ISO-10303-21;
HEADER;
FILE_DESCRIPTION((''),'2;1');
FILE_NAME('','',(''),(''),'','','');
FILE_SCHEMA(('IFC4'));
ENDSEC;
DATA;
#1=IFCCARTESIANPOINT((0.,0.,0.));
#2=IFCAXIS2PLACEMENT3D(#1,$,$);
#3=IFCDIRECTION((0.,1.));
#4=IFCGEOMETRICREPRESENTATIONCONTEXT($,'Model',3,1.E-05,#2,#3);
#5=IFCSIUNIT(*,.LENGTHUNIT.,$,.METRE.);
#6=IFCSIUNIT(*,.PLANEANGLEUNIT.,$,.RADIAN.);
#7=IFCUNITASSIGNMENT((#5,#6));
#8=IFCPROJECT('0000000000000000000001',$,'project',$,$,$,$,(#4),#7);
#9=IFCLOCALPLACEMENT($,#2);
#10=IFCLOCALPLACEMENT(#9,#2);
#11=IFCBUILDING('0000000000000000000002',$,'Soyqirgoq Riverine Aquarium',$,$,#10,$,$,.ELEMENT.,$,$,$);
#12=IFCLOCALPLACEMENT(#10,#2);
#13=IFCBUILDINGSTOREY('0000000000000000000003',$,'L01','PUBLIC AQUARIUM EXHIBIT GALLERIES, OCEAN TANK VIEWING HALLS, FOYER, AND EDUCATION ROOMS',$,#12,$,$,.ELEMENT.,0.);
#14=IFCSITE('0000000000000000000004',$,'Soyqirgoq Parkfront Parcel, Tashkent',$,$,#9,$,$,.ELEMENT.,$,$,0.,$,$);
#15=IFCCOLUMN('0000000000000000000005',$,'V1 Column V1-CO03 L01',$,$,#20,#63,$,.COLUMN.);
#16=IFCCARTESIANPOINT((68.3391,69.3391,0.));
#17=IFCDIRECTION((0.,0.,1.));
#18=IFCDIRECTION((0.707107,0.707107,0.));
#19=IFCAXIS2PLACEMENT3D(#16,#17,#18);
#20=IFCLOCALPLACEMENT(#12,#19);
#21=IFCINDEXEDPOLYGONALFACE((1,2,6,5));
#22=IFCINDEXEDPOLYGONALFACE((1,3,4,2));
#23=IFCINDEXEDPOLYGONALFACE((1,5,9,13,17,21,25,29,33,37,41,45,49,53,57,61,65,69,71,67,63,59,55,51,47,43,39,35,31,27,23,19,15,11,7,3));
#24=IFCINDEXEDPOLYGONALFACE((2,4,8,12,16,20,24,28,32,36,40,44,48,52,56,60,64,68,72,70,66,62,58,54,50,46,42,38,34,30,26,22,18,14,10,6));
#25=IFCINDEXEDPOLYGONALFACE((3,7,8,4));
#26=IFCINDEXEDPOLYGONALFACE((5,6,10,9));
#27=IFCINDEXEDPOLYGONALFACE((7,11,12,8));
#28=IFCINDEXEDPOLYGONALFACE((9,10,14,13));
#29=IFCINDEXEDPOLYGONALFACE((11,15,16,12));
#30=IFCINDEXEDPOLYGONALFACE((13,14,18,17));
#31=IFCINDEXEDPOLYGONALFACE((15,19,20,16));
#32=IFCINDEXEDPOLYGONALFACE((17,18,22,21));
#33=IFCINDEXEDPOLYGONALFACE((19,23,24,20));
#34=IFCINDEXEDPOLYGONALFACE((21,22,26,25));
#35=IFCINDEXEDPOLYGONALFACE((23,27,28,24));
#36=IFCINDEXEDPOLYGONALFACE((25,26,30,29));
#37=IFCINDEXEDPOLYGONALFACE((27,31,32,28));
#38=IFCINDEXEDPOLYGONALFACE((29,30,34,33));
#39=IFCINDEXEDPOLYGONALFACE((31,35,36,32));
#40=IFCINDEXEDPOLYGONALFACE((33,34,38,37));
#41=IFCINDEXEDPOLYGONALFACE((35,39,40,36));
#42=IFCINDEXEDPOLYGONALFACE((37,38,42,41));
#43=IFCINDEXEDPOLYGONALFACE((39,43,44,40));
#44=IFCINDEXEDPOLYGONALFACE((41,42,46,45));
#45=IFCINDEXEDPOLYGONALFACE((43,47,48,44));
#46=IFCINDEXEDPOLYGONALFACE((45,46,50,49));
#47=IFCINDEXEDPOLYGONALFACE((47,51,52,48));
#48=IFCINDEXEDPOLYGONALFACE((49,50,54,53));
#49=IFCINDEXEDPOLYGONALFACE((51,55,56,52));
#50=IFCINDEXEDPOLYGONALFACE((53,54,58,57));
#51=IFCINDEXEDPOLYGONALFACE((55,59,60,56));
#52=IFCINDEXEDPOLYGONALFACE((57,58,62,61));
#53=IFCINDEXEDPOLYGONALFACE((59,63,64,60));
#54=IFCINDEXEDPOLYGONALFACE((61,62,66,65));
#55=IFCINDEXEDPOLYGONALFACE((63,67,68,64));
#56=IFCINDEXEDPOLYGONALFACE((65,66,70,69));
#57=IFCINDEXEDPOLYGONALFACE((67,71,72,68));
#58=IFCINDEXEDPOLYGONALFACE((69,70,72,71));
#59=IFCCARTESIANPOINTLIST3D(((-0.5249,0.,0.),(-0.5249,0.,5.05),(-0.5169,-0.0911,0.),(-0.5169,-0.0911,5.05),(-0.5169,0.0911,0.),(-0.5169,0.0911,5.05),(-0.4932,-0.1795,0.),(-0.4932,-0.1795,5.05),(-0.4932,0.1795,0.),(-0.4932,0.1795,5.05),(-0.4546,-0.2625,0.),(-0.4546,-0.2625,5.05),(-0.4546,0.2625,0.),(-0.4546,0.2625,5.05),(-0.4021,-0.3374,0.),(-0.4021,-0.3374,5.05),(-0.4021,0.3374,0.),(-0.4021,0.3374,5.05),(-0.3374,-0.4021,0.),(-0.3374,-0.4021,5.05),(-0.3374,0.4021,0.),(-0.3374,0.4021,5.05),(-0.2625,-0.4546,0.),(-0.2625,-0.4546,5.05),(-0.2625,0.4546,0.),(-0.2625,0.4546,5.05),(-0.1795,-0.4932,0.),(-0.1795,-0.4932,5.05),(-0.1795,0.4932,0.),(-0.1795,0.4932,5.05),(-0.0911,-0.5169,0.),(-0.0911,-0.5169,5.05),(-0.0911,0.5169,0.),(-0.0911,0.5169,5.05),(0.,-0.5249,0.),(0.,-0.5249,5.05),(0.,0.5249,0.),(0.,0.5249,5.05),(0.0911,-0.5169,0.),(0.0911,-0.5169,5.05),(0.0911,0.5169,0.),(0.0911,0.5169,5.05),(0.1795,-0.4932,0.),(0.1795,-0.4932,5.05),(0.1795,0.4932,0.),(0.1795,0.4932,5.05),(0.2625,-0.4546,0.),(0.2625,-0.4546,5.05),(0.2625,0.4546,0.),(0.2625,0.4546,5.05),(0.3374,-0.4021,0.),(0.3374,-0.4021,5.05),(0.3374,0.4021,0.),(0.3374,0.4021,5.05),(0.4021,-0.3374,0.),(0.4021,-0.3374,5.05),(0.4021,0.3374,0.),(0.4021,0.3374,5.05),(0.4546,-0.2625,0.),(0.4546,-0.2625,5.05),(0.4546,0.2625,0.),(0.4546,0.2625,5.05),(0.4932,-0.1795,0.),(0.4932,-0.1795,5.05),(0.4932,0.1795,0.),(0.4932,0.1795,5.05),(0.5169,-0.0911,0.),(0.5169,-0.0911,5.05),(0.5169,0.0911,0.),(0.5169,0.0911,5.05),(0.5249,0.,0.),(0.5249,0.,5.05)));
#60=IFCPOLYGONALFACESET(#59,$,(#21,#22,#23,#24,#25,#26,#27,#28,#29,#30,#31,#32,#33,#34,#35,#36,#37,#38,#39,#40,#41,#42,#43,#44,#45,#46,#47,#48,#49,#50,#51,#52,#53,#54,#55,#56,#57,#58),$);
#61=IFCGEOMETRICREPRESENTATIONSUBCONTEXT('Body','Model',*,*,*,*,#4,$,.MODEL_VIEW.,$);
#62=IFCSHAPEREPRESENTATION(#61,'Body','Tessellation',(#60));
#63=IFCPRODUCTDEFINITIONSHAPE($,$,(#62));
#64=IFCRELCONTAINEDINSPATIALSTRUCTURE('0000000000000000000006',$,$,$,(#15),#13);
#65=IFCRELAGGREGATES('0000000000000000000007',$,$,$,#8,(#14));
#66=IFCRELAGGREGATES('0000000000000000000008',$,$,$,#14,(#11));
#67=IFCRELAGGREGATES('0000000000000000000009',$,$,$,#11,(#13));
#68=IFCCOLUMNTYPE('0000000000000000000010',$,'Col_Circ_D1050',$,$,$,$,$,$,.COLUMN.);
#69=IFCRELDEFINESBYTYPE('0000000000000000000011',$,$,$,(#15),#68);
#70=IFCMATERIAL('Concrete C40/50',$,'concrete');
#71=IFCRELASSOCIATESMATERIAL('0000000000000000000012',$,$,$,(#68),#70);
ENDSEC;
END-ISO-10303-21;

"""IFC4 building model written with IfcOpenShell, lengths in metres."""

from ifc_helpers import new_model, si_unit, direction, frame, origin, origin_2d, place, context, subcontext, project, spatial, circle, extrude, material, material_profile, profile_set, type_object, element, save


model = new_model("IFC4")

# Units and contexts
model_context = context("Model", 3, precision=1e-05, world=origin(), true_north=direction((0.0, 1.0)))
body_context = subcontext(model_context, "Body", "Model", "MODEL_VIEW")
ifc_project = project(units=[si_unit("LENGTHUNIT", "METRE"), si_unit("PLANEANGLEUNIT", "RADIAN")], contexts=[model_context])

# Site, building, storey
site_placement = place(None, origin())
site = spatial("IfcSite", under=ifc_project, at=site_placement, Name="Soyqirgoq Parkfront Parcel, Tashkent", CompositionType="ELEMENT", RefElevation=0.0)
building_placement = place(site_placement, origin())
building = spatial("IfcBuilding", under=site, at=building_placement, Name="Soyqirgoq Riverine Aquarium", CompositionType="ELEMENT")
storey_placement = place(building_placement, origin())
storey = spatial("IfcBuildingStorey", under=building, at=storey_placement, Name="L01", Description="PUBLIC AQUARIUM EXHIBIT GALLERIES, OCEAN TANK VIEWING HALLS, FOYER, AND EDUCATION ROOMS", CompositionType="ELEMENT", Elevation=0.0)

# Column
ifc_material_1 = material(Name="Concrete C40/50", Category="concrete")
ifc_material_profile_1 = material_profile(ifc_material_1, circle(Radius=0.5249, at=origin_2d()), Name="RC-COL D1050")
ifc_profile_set_1 = profile_set([ifc_material_profile_1], Name="Concrete C40/50")
column_type_1 = type_object("IfcColumnType", Name="Col_Circ_D1050", PredefinedType="COLUMN", material=ifc_profile_set_1)
for number, where, z_axis, x_axis, name in (
    (1, (68.3391, 69.3391, 0.0), (0.0, 0.0, 1.0), (0.707107, 0.707107, 0.0), "V1 Column V1-CO03 L01"),
):
    element("IfcColumn", number, at=place(storey_placement, frame(where, z_axis=z_axis, x_axis=x_axis)), inside=storey, type_object=column_type_1, Name=name, PredefinedType="COLUMN", context=body_context, shape_type="SweptSolid", body=[
        extrude(circle(Radius=0.5249, at=origin_2d()), origin(), (0.0, 0.0, 1.0), 5.05),
    ])

save(model, "model.ifc")
